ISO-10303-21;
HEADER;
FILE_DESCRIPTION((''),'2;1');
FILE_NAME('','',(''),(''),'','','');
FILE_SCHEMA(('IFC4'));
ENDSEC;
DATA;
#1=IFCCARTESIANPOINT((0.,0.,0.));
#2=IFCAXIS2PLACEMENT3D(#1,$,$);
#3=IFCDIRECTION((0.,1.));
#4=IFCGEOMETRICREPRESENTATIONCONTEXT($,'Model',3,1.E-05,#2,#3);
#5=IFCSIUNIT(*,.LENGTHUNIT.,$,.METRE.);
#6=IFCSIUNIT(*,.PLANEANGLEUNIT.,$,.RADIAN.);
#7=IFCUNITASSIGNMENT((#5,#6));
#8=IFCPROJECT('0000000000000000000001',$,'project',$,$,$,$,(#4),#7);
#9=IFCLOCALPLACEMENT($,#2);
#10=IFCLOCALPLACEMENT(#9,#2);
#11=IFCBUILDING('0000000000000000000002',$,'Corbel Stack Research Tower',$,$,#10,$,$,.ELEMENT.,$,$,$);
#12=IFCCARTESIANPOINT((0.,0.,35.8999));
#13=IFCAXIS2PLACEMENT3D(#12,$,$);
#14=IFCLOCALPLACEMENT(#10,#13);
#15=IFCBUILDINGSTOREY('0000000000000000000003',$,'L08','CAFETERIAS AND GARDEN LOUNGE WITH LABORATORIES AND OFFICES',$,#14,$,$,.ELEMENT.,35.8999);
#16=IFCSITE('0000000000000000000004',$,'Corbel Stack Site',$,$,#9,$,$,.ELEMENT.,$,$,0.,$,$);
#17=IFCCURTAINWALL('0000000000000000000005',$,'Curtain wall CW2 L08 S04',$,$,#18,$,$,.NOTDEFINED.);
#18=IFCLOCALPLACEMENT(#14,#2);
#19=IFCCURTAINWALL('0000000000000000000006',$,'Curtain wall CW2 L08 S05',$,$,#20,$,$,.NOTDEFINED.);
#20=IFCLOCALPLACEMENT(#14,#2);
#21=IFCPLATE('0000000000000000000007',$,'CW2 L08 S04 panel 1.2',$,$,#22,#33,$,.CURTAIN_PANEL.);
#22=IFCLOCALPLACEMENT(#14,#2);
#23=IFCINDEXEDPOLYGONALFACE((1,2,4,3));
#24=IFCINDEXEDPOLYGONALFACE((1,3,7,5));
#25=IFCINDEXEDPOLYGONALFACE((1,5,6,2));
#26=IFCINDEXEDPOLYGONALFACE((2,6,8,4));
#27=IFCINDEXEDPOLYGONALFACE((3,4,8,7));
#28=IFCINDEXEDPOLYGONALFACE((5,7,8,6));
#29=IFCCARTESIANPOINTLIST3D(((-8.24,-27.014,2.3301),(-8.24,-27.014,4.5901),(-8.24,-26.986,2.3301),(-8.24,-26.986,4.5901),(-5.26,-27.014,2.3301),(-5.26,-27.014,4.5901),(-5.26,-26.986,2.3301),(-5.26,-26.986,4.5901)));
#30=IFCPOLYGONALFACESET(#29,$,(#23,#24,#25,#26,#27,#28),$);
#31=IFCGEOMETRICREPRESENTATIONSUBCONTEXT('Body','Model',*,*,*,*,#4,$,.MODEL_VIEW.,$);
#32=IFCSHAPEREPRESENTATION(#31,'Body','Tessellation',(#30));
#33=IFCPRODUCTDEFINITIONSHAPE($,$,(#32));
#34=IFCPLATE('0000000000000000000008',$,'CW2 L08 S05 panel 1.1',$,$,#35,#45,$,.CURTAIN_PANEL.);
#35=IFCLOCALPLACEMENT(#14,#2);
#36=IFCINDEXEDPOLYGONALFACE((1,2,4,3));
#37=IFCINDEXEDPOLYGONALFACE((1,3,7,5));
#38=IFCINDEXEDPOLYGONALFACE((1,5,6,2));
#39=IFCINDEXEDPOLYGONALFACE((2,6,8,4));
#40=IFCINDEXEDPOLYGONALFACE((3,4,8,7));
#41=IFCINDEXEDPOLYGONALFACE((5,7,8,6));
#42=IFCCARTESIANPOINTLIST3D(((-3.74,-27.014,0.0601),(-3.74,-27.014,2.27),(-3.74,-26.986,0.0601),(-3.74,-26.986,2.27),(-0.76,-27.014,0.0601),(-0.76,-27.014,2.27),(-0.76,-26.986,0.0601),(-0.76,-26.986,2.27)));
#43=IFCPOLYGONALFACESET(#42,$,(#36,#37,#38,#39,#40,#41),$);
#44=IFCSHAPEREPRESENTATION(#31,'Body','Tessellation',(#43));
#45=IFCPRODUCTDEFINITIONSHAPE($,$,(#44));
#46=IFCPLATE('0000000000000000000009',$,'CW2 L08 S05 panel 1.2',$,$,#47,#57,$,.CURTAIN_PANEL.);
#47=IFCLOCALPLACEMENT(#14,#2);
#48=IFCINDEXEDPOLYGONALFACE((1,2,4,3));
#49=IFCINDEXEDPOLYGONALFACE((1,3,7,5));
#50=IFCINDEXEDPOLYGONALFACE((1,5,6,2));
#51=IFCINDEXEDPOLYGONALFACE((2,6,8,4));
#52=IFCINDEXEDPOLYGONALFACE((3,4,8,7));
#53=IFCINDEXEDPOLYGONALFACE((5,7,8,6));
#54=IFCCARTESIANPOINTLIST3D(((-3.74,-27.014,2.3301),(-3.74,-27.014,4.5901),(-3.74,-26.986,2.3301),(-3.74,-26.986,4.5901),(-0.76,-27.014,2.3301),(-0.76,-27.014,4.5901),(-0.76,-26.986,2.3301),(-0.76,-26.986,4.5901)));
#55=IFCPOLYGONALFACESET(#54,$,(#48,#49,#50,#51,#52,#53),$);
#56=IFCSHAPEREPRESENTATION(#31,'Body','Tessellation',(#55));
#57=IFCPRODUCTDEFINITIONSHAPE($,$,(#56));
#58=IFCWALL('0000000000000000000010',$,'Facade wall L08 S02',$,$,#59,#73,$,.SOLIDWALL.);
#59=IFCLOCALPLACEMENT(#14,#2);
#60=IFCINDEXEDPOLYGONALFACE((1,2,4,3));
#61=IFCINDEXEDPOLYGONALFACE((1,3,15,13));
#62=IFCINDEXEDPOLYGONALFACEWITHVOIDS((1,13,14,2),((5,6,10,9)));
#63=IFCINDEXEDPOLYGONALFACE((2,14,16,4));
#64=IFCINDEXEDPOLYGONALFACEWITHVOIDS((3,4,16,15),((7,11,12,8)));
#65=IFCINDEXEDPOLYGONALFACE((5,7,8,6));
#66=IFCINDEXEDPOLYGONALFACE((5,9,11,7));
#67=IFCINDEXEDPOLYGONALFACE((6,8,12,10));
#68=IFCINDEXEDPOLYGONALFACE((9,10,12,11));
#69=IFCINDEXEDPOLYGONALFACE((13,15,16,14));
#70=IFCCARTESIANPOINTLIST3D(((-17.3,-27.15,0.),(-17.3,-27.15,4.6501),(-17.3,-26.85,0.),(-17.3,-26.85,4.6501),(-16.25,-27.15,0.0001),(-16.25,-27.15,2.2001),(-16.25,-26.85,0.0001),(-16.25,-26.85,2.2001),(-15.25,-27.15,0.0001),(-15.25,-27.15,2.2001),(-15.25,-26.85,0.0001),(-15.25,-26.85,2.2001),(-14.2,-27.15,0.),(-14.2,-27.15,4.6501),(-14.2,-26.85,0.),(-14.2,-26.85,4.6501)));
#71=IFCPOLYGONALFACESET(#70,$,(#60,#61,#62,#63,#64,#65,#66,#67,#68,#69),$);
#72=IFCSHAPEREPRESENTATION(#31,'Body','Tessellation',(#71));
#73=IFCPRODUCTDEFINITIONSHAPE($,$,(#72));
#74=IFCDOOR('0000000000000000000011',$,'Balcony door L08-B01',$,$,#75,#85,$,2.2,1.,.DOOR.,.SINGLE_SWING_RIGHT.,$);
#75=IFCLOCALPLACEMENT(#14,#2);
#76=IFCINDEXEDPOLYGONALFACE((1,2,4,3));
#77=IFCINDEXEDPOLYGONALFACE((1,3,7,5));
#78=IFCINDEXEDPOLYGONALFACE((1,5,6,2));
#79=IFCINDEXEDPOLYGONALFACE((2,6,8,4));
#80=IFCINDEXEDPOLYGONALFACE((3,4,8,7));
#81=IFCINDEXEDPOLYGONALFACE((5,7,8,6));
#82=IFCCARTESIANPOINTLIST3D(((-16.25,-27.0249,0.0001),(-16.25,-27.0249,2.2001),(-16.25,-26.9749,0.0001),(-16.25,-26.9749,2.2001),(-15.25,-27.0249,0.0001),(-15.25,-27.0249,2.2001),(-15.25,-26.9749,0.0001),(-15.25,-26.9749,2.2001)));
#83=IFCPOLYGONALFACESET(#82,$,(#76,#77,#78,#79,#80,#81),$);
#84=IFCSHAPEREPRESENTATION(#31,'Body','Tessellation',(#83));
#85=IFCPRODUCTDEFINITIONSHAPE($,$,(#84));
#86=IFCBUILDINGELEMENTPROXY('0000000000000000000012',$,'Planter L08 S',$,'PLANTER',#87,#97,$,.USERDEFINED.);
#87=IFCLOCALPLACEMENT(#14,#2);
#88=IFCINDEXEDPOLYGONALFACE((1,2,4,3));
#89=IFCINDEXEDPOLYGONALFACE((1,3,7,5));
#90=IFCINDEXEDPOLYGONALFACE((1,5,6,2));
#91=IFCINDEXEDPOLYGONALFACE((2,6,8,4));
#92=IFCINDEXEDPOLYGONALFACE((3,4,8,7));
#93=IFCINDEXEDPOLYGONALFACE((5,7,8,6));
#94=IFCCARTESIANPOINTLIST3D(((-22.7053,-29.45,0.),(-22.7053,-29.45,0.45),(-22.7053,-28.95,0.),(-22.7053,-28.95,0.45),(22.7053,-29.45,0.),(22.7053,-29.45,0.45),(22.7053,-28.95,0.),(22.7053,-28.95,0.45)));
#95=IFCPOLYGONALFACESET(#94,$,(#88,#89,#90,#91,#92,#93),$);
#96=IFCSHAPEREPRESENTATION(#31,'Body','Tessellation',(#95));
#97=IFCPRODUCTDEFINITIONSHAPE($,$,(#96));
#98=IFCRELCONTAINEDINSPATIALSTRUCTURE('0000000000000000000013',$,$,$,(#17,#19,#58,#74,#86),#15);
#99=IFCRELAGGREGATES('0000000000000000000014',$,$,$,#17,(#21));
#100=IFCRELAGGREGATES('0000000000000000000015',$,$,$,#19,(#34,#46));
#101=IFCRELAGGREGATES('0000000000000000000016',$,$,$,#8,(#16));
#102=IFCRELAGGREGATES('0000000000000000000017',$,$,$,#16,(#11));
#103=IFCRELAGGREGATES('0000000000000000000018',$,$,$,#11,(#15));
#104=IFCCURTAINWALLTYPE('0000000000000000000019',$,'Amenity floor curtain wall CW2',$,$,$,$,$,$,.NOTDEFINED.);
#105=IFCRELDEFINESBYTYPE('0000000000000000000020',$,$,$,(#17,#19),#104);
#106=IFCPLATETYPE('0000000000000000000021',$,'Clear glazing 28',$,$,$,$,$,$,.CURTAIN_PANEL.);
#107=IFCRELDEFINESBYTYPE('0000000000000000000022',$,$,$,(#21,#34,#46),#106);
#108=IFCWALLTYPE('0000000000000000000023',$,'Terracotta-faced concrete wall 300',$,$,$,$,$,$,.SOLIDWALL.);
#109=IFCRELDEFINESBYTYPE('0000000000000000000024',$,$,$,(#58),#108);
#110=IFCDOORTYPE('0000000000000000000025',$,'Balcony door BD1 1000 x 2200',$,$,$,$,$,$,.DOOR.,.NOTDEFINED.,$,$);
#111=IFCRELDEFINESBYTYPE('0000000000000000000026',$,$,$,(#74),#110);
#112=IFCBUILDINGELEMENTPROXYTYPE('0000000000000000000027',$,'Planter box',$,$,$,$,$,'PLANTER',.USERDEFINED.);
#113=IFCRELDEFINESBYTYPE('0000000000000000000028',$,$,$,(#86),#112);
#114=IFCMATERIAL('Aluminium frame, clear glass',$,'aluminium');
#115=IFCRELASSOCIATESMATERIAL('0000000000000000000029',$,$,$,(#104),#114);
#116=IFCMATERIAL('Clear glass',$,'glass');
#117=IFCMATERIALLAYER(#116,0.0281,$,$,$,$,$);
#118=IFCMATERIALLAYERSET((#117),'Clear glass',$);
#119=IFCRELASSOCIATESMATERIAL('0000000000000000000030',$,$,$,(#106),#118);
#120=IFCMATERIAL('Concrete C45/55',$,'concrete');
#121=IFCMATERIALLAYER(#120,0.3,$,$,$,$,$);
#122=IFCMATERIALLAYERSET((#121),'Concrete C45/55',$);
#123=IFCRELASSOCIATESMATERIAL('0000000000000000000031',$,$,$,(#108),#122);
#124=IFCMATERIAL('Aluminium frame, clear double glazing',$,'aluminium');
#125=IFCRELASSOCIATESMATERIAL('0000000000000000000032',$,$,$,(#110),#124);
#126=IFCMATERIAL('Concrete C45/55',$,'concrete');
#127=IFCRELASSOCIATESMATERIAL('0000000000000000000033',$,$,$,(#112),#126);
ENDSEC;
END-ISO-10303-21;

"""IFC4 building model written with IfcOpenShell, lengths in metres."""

from ifc_helpers import new_model, si_unit, direction, frame, frame_2d, origin, origin_2d, place, context, subcontext, project, spatial, rectangle, extrude, material, layer, layer_set, type_object, element, fill, aggregate, save


model = new_model("IFC4")

# Units and contexts
model_context = context("Model", 3, precision=1e-05, world=origin(), true_north=direction((0.0, 1.0)))
body_context = subcontext(model_context, "Body", "Model", "MODEL_VIEW")
ifc_project = project(units=[si_unit("LENGTHUNIT", "METRE"), si_unit("PLANEANGLEUNIT", "RADIAN")], contexts=[model_context])

# Site, building, storey
site_placement = place(None, origin())
site = spatial("IfcSite", under=ifc_project, at=site_placement, Name="Corbel Stack Site", CompositionType="ELEMENT", RefElevation=0.0)
building_placement = place(site_placement, origin())
building = spatial("IfcBuilding", under=site, at=building_placement, Name="Corbel Stack Research Tower", CompositionType="ELEMENT")
storey_placement = place(building_placement, frame((0.0, 0.0, 35.8999)))
storey = spatial("IfcBuildingStorey", under=building, at=storey_placement, Name="L08", Description="CAFETERIAS AND GARDEN LOUNGE WITH LABORATORIES AND OFFICES", CompositionType="ELEMENT", Elevation=35.8999)

# Curtain walls
ifc_material_1 = material(Name="Aluminium frame, clear glass", Category="aluminium")
curtain_wall_type = type_object("IfcCurtainWallType", Name="Amenity floor curtain wall CW2", PredefinedType="NOTDEFINED", material=ifc_material_1)
curtain_wall_1_placement = place(storey_placement, origin())
curtain_wall_1 = element("IfcCurtainWall", 1, at=curtain_wall_1_placement, inside=storey, type_object=curtain_wall_type, Name="Curtain wall CW2 L08 S04", PredefinedType="NOTDEFINED")
curtain_wall_2_placement = place(storey_placement, origin())
curtain_wall_2 = element("IfcCurtainWall", 2, at=curtain_wall_2_placement, inside=storey, type_object=curtain_wall_type, Name="Curtain wall CW2 L08 S05", PredefinedType="NOTDEFINED")

# Plates
ifc_material_2 = material(Name="Clear glass", Category="glass")
ifc_layer_1 = layer(ifc_material_2, 0.0281)
ifc_layer_set_1 = layer_set([ifc_layer_1], Name="Clear glass")
plate_type = type_object("IfcPlateType", Name="Clear glazing 28", PredefinedType="CURTAIN_PANEL", material=ifc_layer_set_1)
plate_1_placement = place(storey_placement, frame((-6.75, -27.0, 2.3301), z_axis=(0.0, 0.0, 1.0), x_axis=(1.0, 0.0, 0.0)))
plate_1 = element("IfcPlate", 3, at=plate_1_placement, type_object=plate_type, Name="CW2 L08 S04 panel 1.2", PredefinedType="CURTAIN_PANEL", context=body_context, shape_type="SweptSolid", body=[
    extrude(rectangle(XDim=2.98, YDim=0.0281, at=origin_2d()), origin(), (0.0, 0.0, 1.0), 2.26),
])
aggregate(curtain_wall_1, [plate_1])
plate_2_placement = place(storey_placement, frame((-2.25, -27.0, 0.0601), z_axis=(0.0, 0.0, 1.0), x_axis=(1.0, 0.0, 0.0)))
plate_2 = element("IfcPlate", 4, at=plate_2_placement, type_object=plate_type, Name="CW2 L08 S05 panel 1.1", PredefinedType="CURTAIN_PANEL", context=body_context, shape_type="SweptSolid", body=[
    extrude(rectangle(XDim=2.98, YDim=0.0281, at=origin_2d()), origin(), (0.0, 0.0, 1.0), 2.21),
])
plate_3_placement = place(storey_placement, frame((-2.25, -27.0, 2.3301), z_axis=(0.0, 0.0, 1.0), x_axis=(1.0, 0.0, 0.0)))
plate_3 = element("IfcPlate", 5, at=plate_3_placement, type_object=plate_type, Name="CW2 L08 S05 panel 1.2", PredefinedType="CURTAIN_PANEL", context=body_context, shape_type="SweptSolid", body=[
    extrude(rectangle(XDim=2.98, YDim=0.0281, at=origin_2d()), origin(), (0.0, 0.0, 1.0), 2.26),
])
aggregate(curtain_wall_2, [plate_2, plate_3])

# Wall, opening, door
ifc_material_3 = material(Name="Concrete C45/55", Category="concrete")
ifc_layer_2 = layer(ifc_material_3, 0.3)
ifc_layer_set_2 = layer_set([ifc_layer_2], Name="Concrete C45/55")
wall_type = type_object("IfcWallType", Name="Terracotta-faced concrete wall 300", PredefinedType="SOLIDWALL", material=ifc_layer_set_2)
wall_placement = place(storey_placement, frame((-14.2, -27.0, 0.0), z_axis=(0.0, 0.0, 1.0), x_axis=(-1.0, 0.0, 0.0)))
wall = element("IfcWall", 6, at=wall_placement, inside=storey, type_object=wall_type, Name="Facade wall L08 S02", PredefinedType="SOLIDWALL", context=body_context, shape_type="SweptSolid", body=[
    extrude(rectangle(XDim=3.1001, YDim=0.3, at=frame_2d((1.55, 0.0))), origin(), (0.0, 0.0, 1.0), 4.6501),
])
opening_placement = place(wall_placement, frame((1.05, 0.0, 0.0)))
opening = element("IfcOpeningElement", 7, at=opening_placement, cuts=wall, PredefinedType="OPENING", context=body_context, shape_type="SweptSolid", body=[
    extrude(rectangle(XDim=1.0, YDim=2.2, at=frame_2d((0.5, 1.1001))), frame((0.0, 0.1599, 0.0), z_axis=(0.0, -1.0, 0.0), x_axis=(1.0, 0.0, 0.0)), (0.0, 0.0, 1.0), 0.3201),
])
ifc_material_4 = material(Name="Aluminium frame, clear double glazing", Category="aluminium")
door_type = type_object("IfcDoorType", Name="Balcony door BD1 1000 x 2200", OperationType="NOTDEFINED", PredefinedType="DOOR", material=ifc_material_4)
door_placement = place(opening_placement, origin())
door = element("IfcDoor", 8, at=door_placement, inside=storey, type_object=door_type, Name="Balcony door L08-B01", OperationType="SINGLE_SWING_RIGHT", OverallHeight=2.2, OverallWidth=1.0, PredefinedType="DOOR", context=body_context, shape_type="SweptSolid", body=[
    extrude(rectangle(XDim=1.0, YDim=2.2, at=frame_2d((0.5, 1.1001))), frame((0.0, 0.0249, 0.0), z_axis=(0.0, -1.0, 0.0), x_axis=(1.0, 0.0, 0.0)), (0.0, 0.0, 1.0), 0.05),
])
fill(opening, door)

# Building element proxy
ifc_material_5 = material(Name="Concrete C45/55", Category="concrete")
building_element_proxy_type = type_object("IfcBuildingElementProxyType", Name="Planter box", ElementType="PLANTER", PredefinedType="USERDEFINED", material=ifc_material_5)
proxy_placement = place(storey_placement, frame((0.0, -29.2, 0.0), z_axis=(0.0, 0.0, 1.0), x_axis=(1.0, 0.0, 0.0)))
element("IfcBuildingElementProxy", 9, at=proxy_placement, inside=storey, type_object=building_element_proxy_type, Name="Planter L08 S", ObjectType="PLANTER", PredefinedType="USERDEFINED", context=body_context, shape_type="SweptSolid", body=[
    extrude(rectangle(XDim=45.4106, YDim=0.5, at=origin_2d()), origin(), (0.0, 0.0, 1.0), 0.45),
])

save(model, "model.ifc")
